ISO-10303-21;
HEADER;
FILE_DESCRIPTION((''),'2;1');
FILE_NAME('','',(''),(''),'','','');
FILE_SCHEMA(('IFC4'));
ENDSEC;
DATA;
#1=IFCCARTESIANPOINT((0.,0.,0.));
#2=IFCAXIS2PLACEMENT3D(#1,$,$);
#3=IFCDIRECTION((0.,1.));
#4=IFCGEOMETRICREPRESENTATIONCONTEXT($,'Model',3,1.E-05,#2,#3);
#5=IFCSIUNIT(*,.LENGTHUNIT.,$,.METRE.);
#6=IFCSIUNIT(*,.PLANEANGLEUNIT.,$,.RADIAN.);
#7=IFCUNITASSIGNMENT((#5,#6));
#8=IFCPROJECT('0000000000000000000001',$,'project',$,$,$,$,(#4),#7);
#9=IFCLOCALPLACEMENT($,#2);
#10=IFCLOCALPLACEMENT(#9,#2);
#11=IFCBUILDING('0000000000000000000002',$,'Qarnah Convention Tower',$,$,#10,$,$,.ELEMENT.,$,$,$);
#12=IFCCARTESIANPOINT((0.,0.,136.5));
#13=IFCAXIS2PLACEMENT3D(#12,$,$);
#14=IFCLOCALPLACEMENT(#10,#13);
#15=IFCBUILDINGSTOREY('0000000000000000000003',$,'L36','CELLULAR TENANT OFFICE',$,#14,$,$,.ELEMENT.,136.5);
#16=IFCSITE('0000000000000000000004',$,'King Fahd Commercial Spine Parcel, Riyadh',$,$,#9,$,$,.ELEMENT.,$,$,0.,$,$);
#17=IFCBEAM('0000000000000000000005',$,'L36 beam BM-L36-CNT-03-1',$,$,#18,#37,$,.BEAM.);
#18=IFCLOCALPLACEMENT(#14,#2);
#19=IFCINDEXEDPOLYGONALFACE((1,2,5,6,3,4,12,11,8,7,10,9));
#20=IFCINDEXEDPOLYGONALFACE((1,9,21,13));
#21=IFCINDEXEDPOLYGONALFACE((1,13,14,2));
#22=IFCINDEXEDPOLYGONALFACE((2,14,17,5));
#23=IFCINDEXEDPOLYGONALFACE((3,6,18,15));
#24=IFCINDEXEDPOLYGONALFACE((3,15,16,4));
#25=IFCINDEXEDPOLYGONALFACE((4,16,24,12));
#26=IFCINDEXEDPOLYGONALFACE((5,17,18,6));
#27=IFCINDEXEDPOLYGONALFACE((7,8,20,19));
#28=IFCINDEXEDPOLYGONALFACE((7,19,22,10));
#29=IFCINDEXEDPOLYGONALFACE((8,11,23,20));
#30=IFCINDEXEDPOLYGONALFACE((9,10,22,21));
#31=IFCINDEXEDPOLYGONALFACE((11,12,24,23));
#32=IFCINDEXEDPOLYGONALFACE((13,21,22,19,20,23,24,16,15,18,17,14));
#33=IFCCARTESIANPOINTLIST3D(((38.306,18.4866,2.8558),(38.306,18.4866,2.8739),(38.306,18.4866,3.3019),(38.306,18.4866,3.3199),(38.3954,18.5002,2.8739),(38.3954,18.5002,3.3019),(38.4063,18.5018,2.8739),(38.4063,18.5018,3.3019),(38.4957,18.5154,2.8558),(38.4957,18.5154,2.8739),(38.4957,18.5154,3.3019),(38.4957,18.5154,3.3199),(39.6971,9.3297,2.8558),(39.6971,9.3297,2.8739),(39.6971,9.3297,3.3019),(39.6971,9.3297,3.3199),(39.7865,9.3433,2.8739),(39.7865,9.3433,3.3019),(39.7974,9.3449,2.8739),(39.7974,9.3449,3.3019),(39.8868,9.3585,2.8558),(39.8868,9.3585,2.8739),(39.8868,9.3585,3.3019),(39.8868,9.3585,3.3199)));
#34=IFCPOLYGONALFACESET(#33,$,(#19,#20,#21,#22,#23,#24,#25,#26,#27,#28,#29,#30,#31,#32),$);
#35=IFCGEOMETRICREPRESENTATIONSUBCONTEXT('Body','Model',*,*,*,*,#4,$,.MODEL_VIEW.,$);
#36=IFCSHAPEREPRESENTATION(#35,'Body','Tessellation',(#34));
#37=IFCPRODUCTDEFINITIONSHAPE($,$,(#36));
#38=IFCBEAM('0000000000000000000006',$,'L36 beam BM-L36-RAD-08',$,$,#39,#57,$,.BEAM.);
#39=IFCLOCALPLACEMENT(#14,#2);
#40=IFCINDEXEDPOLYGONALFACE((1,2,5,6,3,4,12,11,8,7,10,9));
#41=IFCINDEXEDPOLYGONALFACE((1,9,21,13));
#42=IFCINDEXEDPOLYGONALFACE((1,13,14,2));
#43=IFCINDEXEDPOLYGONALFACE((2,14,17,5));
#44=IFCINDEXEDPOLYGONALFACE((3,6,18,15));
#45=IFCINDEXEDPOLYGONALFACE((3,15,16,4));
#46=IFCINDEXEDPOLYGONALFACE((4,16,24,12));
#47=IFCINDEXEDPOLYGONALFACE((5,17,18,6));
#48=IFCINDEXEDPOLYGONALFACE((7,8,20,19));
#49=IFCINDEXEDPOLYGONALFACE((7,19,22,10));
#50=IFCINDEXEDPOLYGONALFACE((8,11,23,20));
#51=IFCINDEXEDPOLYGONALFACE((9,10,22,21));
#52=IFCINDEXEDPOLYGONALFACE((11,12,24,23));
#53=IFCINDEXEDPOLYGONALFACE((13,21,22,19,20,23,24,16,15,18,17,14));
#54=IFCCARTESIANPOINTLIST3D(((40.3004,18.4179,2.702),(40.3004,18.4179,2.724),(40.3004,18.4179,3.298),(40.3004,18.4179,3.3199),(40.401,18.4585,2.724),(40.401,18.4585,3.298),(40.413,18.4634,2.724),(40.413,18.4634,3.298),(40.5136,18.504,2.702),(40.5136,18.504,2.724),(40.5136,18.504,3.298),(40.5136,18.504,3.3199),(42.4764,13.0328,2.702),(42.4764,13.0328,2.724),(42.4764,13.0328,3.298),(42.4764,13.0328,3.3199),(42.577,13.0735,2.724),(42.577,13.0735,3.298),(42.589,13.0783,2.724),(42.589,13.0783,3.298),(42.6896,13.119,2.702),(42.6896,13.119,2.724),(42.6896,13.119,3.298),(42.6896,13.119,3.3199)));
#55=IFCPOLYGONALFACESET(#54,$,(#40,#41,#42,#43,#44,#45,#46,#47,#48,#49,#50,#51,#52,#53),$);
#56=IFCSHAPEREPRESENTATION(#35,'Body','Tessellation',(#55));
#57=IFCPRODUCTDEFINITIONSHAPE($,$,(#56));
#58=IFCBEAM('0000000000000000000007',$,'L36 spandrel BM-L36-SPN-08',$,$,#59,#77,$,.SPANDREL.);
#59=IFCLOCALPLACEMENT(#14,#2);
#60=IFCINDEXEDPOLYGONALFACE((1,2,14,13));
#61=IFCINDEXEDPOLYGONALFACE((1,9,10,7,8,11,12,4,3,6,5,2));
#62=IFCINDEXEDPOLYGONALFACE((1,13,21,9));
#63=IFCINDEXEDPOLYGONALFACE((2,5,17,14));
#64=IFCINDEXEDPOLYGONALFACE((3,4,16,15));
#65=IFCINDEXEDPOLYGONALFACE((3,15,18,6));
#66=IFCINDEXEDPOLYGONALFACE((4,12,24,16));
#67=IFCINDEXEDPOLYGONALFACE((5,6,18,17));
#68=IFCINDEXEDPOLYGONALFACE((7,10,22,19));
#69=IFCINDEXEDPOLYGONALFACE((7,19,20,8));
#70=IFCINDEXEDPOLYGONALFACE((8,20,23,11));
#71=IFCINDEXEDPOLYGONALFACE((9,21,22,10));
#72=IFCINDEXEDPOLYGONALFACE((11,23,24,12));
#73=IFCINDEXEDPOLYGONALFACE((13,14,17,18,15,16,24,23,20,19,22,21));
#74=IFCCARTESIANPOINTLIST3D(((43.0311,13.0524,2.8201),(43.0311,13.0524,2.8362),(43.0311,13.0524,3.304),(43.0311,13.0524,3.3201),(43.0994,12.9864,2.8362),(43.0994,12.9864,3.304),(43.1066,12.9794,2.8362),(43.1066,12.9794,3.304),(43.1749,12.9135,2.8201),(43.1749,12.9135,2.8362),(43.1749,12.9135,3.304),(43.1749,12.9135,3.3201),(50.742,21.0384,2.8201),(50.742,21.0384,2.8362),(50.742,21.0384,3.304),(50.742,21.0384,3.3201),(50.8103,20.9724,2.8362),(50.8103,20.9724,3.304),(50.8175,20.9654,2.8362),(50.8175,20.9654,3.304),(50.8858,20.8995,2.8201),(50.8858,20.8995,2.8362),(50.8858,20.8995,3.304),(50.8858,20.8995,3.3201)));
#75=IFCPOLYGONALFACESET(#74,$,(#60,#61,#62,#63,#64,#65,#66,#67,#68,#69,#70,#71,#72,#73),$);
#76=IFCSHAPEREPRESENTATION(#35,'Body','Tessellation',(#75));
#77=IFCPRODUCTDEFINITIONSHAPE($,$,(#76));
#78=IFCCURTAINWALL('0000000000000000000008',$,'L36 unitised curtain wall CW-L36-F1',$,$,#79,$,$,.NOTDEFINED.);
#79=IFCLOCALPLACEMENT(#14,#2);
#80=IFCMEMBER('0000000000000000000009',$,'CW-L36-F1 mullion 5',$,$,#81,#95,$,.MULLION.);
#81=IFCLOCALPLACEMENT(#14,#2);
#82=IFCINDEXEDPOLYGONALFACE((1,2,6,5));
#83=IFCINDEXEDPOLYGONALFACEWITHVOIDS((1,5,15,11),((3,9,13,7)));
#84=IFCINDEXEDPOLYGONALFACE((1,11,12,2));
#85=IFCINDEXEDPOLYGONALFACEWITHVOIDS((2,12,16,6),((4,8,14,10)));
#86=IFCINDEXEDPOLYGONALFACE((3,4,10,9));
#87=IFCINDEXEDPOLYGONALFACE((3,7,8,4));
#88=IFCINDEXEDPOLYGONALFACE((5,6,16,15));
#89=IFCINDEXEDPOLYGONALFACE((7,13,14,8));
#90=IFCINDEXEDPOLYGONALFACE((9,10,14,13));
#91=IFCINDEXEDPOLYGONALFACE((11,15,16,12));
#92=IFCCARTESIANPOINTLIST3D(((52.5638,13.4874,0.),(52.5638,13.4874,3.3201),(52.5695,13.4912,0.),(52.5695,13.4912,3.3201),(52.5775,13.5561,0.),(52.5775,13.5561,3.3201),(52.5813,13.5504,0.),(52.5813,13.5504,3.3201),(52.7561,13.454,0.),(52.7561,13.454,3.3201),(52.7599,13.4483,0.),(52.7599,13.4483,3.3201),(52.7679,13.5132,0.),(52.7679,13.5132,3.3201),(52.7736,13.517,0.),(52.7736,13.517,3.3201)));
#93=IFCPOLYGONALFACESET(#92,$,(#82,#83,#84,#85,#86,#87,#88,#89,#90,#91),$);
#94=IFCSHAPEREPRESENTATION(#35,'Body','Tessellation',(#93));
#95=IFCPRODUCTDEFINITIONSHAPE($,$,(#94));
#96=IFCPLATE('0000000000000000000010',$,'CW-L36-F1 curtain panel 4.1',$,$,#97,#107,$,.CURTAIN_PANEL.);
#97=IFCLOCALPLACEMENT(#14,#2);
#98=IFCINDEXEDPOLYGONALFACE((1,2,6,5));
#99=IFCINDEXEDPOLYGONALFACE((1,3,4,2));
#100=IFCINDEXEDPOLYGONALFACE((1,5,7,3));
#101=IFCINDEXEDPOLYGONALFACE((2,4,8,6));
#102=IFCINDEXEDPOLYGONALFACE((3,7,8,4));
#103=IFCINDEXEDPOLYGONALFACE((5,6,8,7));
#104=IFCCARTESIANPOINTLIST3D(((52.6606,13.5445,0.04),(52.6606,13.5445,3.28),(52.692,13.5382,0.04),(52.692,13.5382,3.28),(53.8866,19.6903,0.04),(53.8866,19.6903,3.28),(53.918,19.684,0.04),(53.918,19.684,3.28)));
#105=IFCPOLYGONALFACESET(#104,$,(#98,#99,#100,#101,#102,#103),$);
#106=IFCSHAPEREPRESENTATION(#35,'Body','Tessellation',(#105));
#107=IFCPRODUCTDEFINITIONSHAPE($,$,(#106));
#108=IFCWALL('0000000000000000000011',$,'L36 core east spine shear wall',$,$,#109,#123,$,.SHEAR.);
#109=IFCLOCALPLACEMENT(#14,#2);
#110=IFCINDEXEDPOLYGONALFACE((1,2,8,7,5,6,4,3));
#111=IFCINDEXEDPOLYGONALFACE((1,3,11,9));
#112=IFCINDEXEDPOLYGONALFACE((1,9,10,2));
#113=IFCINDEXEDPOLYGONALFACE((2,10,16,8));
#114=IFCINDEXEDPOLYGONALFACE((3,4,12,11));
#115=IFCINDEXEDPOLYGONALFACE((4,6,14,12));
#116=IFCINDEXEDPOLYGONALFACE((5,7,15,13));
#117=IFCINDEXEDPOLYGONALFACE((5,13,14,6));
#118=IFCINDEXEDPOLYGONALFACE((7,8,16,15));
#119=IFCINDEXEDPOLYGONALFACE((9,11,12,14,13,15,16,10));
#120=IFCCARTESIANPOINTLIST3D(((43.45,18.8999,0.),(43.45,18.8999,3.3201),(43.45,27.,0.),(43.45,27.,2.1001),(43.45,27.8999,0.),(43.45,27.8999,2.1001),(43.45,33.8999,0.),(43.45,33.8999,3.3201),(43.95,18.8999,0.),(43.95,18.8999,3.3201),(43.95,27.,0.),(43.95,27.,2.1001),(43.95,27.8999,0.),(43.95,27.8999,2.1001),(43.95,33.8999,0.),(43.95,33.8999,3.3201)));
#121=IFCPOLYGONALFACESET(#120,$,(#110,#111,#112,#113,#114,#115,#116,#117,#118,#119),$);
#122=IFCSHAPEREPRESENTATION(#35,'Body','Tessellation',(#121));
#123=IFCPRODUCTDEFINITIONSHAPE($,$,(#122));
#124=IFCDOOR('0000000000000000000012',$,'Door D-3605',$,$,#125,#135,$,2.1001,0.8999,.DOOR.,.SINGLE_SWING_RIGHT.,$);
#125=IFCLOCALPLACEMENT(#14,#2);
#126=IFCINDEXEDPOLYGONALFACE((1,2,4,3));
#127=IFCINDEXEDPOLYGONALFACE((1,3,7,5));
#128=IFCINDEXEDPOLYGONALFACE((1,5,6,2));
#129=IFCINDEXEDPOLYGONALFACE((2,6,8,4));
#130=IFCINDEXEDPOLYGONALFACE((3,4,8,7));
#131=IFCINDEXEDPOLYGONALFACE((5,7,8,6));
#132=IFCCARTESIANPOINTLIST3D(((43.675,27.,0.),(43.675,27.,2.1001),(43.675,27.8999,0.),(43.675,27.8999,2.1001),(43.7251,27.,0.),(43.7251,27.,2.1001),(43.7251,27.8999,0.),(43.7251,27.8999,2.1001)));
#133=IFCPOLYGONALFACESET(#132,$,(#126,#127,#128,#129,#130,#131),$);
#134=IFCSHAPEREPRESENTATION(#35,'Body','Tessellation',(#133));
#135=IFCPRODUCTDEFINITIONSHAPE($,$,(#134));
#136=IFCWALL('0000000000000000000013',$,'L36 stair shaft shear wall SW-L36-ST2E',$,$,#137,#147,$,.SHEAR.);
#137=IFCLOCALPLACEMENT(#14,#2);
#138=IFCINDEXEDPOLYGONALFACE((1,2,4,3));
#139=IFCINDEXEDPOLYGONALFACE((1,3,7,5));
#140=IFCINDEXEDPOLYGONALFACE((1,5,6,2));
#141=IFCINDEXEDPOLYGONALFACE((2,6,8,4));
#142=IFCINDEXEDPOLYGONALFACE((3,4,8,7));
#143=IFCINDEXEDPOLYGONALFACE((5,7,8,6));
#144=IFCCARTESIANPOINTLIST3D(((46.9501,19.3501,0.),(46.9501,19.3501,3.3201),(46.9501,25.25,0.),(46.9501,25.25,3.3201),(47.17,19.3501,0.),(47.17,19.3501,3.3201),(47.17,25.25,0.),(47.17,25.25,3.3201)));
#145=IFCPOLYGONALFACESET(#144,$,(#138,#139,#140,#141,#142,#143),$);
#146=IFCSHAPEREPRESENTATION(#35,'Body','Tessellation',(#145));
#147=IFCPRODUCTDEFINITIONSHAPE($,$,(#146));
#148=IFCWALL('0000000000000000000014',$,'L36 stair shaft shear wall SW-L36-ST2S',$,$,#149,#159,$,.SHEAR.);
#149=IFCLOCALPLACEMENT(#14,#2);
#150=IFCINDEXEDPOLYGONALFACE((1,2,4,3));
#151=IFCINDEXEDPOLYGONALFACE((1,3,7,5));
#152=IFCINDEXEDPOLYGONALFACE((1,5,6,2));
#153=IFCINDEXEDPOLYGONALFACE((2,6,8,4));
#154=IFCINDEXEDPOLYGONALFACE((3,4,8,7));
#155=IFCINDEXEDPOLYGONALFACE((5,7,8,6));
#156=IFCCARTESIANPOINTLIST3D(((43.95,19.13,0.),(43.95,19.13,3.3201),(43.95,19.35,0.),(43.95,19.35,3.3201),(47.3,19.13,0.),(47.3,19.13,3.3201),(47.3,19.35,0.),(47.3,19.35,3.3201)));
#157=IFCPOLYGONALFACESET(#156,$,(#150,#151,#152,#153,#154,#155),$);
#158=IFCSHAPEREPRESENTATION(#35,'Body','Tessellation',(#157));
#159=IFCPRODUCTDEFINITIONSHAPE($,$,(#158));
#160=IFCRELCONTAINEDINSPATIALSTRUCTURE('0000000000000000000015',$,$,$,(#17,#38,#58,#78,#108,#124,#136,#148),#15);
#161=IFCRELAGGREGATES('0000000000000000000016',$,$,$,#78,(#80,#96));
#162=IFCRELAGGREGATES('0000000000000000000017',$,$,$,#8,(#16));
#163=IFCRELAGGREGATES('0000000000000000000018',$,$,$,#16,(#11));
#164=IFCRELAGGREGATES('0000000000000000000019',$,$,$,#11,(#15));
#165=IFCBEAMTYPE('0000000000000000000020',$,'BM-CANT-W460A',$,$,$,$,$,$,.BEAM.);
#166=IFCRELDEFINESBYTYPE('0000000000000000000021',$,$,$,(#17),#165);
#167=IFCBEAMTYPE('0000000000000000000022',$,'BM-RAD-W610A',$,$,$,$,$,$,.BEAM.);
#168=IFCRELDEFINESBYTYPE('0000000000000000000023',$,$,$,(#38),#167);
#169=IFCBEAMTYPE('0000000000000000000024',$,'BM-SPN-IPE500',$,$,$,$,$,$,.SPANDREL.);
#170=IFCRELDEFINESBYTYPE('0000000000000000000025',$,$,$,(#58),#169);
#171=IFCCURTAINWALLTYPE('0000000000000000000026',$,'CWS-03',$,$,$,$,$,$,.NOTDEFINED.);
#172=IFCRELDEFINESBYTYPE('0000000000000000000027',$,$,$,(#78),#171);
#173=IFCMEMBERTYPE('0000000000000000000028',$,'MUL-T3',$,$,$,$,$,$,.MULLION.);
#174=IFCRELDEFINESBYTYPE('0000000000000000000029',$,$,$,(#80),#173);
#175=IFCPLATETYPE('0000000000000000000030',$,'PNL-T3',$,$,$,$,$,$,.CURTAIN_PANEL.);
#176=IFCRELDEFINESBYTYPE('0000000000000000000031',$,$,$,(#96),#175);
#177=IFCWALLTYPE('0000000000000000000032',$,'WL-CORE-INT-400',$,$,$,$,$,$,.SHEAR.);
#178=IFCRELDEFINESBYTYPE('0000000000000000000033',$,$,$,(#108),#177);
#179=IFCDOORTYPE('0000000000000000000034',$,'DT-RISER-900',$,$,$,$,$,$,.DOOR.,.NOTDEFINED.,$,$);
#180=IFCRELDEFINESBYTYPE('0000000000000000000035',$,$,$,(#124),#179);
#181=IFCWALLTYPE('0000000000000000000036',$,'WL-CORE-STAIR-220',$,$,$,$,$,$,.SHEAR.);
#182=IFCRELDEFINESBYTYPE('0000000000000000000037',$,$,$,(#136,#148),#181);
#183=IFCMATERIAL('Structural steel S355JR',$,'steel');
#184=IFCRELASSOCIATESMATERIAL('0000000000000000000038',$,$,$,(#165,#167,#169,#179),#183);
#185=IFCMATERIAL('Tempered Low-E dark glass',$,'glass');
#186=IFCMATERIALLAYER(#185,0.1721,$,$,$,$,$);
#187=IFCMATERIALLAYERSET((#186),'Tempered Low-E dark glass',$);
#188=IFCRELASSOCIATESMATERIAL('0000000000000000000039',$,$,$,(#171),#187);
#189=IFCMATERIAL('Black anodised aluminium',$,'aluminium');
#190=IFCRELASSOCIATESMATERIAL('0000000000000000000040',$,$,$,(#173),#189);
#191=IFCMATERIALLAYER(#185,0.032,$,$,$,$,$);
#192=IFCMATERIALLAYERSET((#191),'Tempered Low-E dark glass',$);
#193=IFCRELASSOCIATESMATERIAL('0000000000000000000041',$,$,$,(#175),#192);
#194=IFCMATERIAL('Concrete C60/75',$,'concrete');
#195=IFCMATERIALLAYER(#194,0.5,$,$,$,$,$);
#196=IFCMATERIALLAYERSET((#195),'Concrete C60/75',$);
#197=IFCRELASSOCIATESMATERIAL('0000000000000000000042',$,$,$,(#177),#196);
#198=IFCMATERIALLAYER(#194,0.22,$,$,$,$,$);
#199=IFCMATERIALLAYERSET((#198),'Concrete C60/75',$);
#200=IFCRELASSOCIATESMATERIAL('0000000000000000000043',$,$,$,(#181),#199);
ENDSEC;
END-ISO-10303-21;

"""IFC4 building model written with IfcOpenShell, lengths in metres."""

from ifc_helpers import new_model, si_unit, direction, frame, frame_2d, origin, origin_2d, place, context, subcontext, project, spatial, rectangle, hollow_rectangle, i_section, extrude, material, layer, layer_set, material_profile, profile_set, type_object, element, fill, aggregate, save


model = new_model("IFC4")

# Units and contexts
model_context = context("Model", 3, precision=1e-05, world=origin(), true_north=direction((0.0, 1.0)))
body_context = subcontext(model_context, "Body", "Model", "MODEL_VIEW")
ifc_project = project(units=[si_unit("LENGTHUNIT", "METRE"), si_unit("PLANEANGLEUNIT", "RADIAN")], contexts=[model_context])

# Site, building, storey
site_placement = place(None, origin())
site = spatial("IfcSite", under=ifc_project, at=site_placement, Name="King Fahd Commercial Spine Parcel, Riyadh", CompositionType="ELEMENT", RefElevation=0.0)
building_placement = place(site_placement, origin())
building = spatial("IfcBuilding", under=site, at=building_placement, Name="Qarnah Convention Tower", CompositionType="ELEMENT")
storey_placement = place(building_placement, frame((0.0, 0.0, 136.5)))
storey = spatial("IfcBuildingStorey", under=building, at=storey_placement, Name="L36", Description="CELLULAR TENANT OFFICE", CompositionType="ELEMENT", Elevation=136.5)

# Beams
ifc_material_1 = material(Name="Structural steel S355JR", Category="steel")
ifc_material_profile_1 = material_profile(ifc_material_1, i_section(OverallWidth=0.1919, OverallDepth=0.4641, WebThickness=0.011, FlangeThickness=0.0181, at=origin_2d()), Name="W460X89")
ifc_profile_set_1 = profile_set([ifc_material_profile_1], Name="Structural steel S355JR")
beam_type_1 = type_object("IfcBeamType", Name="BM-CANT-W460A", PredefinedType="BEAM", material=ifc_profile_set_1)
beam_1_placement = place(storey_placement, frame((38.4009, 18.501, 3.0879), z_axis=(0.150195, -0.988656, 0.0), x_axis=(0.988656, 0.150195, 0.0)))
element("IfcBeam", 1, at=beam_1_placement, inside=storey, type_object=beam_type_1, Name="L36 beam BM-L36-CNT-03-1", PredefinedType="BEAM", context=body_context, shape_type="SweptSolid", body=[
    extrude(i_section(OverallWidth=0.1919, OverallDepth=0.4641, WebThickness=0.011, FlangeThickness=0.0181, at=origin_2d()), origin(), (0.0, 0.0, 1.0), 9.262),
])
ifc_material_profile_2 = material_profile(ifc_material_1, i_section(OverallWidth=0.23, OverallDepth=0.6179, WebThickness=0.0129, FlangeThickness=0.022, at=origin_2d()), Name="W610X140")
ifc_profile_set_2 = profile_set([ifc_material_profile_2], Name="Structural steel S355JR")
beam_type_2 = type_object("IfcBeamType", Name="BM-RAD-W610A", PredefinedType="BEAM", material=ifc_profile_set_2)
beam_2_placement = place(storey_placement, frame((40.407, 18.4609, 3.011), z_axis=(0.374657, -0.927164, 0.0), x_axis=(0.927164, 0.374657, 0.0)))
element("IfcBeam", 2, at=beam_2_placement, inside=storey, type_object=beam_type_2, Name="L36 beam BM-L36-RAD-08", PredefinedType="BEAM", context=body_context, shape_type="SweptSolid", body=[
    extrude(i_section(OverallWidth=0.23, OverallDepth=0.6179, WebThickness=0.0129, FlangeThickness=0.022, at=origin_2d()), origin(), (0.0, 0.0, 1.0), 5.8081),
])
ifc_material_profile_3 = material_profile(ifc_material_1, i_section(OverallWidth=0.2, OverallDepth=0.5, WebThickness=0.01, FlangeThickness=0.0161, at=origin_2d()), Name="IPE500")
ifc_profile_set_3 = profile_set([ifc_material_profile_3], Name="Structural steel S355JR")
beam_type_3 = type_object("IfcBeamType", Name="BM-SPN-IPE500", PredefinedType="SPANDREL", material=ifc_profile_set_3)
beam_3_placement = place(storey_placement, frame((43.103, 12.9829, 3.0701), z_axis=(0.694606, 0.719391, 0.0), x_axis=(-0.719391, 0.694606, 0.0)))
element("IfcBeam", 3, at=beam_3_placement, inside=storey, type_object=beam_type_3, Name="L36 spandrel BM-L36-SPN-08", PredefinedType="SPANDREL", context=body_context, shape_type="SweptSolid", body=[
    extrude(i_section(OverallWidth=0.2, OverallDepth=0.5, WebThickness=0.01, FlangeThickness=0.0161, at=origin_2d()), origin(), (0.0, 0.0, 1.0), 11.1011),
])

# Curtain wall, member, plate
ifc_material_2 = material(Name="Tempered Low-E dark glass", Category="glass")
ifc_layer_1 = layer(ifc_material_2, 0.1721)
ifc_layer_set_1 = layer_set([ifc_layer_1], Name="Tempered Low-E dark glass")
curtain_wall_type = type_object("IfcCurtainWallType", Name="CWS-03", PredefinedType="NOTDEFINED", material=ifc_layer_set_1)
curtain_wall_placement = place(storey_placement, origin())
curtain_wall = element("IfcCurtainWall", 4, at=curtain_wall_placement, inside=storey, type_object=curtain_wall_type, Name="L36 unitised curtain wall CW-L36-F1", PredefinedType="NOTDEFINED")
ifc_material_3 = material(Name="Black anodised aluminium", Category="aluminium")
ifc_material_profile_4 = material_profile(ifc_material_3, hollow_rectangle(XDim=0.0701, YDim=0.2, WallThickness=0.0049, at=origin_2d()), Name="MUL-70X200")
ifc_profile_set_4 = profile_set([ifc_material_profile_4], Name="Black anodised aluminium")
member_type = type_object("IfcMemberType", Name="MUL-T3", PredefinedType="MULLION", material=ifc_profile_set_4)
member_placement = place(storey_placement, frame((52.6687, 13.5022, 0.0), z_axis=(0.0, 0.0, 1.0), x_axis=(-0.195625, -0.980679, 0.0)))
member = element("IfcMember", 5, at=member_placement, type_object=member_type, Name="CW-L36-F1 mullion 5", PredefinedType="MULLION", context=body_context, shape_type="SweptSolid", body=[
    extrude(hollow_rectangle(XDim=0.0701, YDim=0.2, WallThickness=0.0049, at=origin_2d()), origin(), (0.0, 0.0, 1.0), 3.3201),
])
ifc_layer_2 = layer(ifc_material_2, 0.032)
ifc_layer_set_2 = layer_set([ifc_layer_2], Name="Tempered Low-E dark glass")
plate_type = type_object("IfcPlateType", Name="PNL-T3", PredefinedType="CURTAIN_PANEL", material=ifc_layer_set_2)
plate_placement = place(storey_placement, frame((53.2893, 16.6143, 0.04), z_axis=(0.0, 0.0, 1.0), x_axis=(-0.195625, -0.980679, 0.0)))
plate = element("IfcPlate", 6, at=plate_placement, type_object=plate_type, Name="CW-L36-F1 curtain panel 4.1", PredefinedType="CURTAIN_PANEL", context=body_context, shape_type="SweptSolid", body=[
    extrude(rectangle(XDim=6.2668, YDim=0.032, at=origin_2d()), origin(), (0.0, 0.0, 1.0), 3.24),
])
aggregate(curtain_wall, [member, plate])

# Shared definitions
ifc_material_4 = material(Name="Concrete C60/75", Category="concrete")
door_type_1 = type_object("IfcDoorType", Name="DT-RISER-900", OperationType="NOTDEFINED", PredefinedType="DOOR", material=ifc_material_1)

# Wall, opening, door
ifc_layer_3 = layer(ifc_material_4, 0.5)
ifc_layer_set_3 = layer_set([ifc_layer_3], Name="Concrete C60/75")
wall_type_1 = type_object("IfcWallType", Name="WL-CORE-INT-400", PredefinedType="SHEAR", material=ifc_layer_set_3)
wall_1_placement = place(storey_placement, frame((43.7, 18.8999, 0.0), z_axis=(0.0, 0.0, 1.0), x_axis=(0.0, 1.0, 0.0)))
wall_1 = element("IfcWall", 7, at=wall_1_placement, inside=storey, type_object=wall_type_1, Name="L36 core east spine shear wall", PredefinedType="SHEAR", context=body_context, shape_type="SweptSolid", body=[
    extrude(rectangle(XDim=15.0, YDim=0.5, at=frame_2d((7.5, 0.0))), origin(), (0.0, 0.0, 1.0), 3.3201),
])
opening_1_placement = place(wall_1_placement, frame((8.1001, 0.0, 0.0)))
opening_1 = element("IfcOpeningElement", 8, at=opening_1_placement, cuts=wall_1, PredefinedType="OPENING", context=body_context, shape_type="SweptSolid", body=[
    extrude(rectangle(XDim=0.8999, YDim=2.1001, at=frame_2d((0.45, 1.05))), frame((0.0, 0.26, 0.0), z_axis=(0.0, -1.0, 0.0), x_axis=(1.0, 0.0, 0.0)), (0.0, 0.0, 1.0), 0.52),
])
door_1_placement = place(opening_1_placement, origin())
door_1 = element("IfcDoor", 9, at=door_1_placement, inside=storey, type_object=door_type_1, Name="Door D-3605", OperationType="SINGLE_SWING_RIGHT", OverallHeight=2.1001, OverallWidth=0.8999, PredefinedType="DOOR", context=body_context, shape_type="SweptSolid", body=[
    extrude(rectangle(XDim=0.8999, YDim=2.1001, at=frame_2d((0.45, 1.05))), frame((0.0, 0.0249, 0.0), z_axis=(0.0, -1.0, 0.0), x_axis=(1.0, 0.0, 0.0)), (0.0, 0.0, 1.0), 0.05),
])
fill(opening_1, door_1)

# Walls
ifc_layer_4 = layer(ifc_material_4, 0.22)
ifc_layer_set_4 = layer_set([ifc_layer_4], Name="Concrete C60/75")
wall_type_2 = type_object("IfcWallType", Name="WL-CORE-STAIR-220", PredefinedType="SHEAR", material=ifc_layer_set_4)
wall_2_placement = place(storey_placement, frame((47.0601, 19.3501, 0.0), z_axis=(0.0, 0.0, 1.0), x_axis=(0.0, 1.0, 0.0)))
element("IfcWall", 10, at=wall_2_placement, inside=storey, type_object=wall_type_2, Name="L36 stair shaft shear wall SW-L36-ST2E", PredefinedType="SHEAR", context=body_context, shape_type="SweptSolid", body=[
    extrude(rectangle(XDim=5.8999, YDim=0.22, at=frame_2d((2.95, 0.0))), origin(), (0.0, 0.0, 1.0), 3.3201),
])
wall_3_placement = place(storey_placement, frame((43.95, 19.24, 0.0), z_axis=(0.0, 0.0, 1.0), x_axis=(1.0, 0.0, 0.0)))
element("IfcWall", 11, at=wall_3_placement, inside=storey, type_object=wall_type_2, Name="L36 stair shaft shear wall SW-L36-ST2S", PredefinedType="SHEAR", context=body_context, shape_type="SweptSolid", body=[
    extrude(rectangle(XDim=3.3501, YDim=0.22, at=frame_2d((1.675, 0.0))), origin(), (0.0, 0.0, 1.0), 3.3201),
])

save(model, "model.ifc")
